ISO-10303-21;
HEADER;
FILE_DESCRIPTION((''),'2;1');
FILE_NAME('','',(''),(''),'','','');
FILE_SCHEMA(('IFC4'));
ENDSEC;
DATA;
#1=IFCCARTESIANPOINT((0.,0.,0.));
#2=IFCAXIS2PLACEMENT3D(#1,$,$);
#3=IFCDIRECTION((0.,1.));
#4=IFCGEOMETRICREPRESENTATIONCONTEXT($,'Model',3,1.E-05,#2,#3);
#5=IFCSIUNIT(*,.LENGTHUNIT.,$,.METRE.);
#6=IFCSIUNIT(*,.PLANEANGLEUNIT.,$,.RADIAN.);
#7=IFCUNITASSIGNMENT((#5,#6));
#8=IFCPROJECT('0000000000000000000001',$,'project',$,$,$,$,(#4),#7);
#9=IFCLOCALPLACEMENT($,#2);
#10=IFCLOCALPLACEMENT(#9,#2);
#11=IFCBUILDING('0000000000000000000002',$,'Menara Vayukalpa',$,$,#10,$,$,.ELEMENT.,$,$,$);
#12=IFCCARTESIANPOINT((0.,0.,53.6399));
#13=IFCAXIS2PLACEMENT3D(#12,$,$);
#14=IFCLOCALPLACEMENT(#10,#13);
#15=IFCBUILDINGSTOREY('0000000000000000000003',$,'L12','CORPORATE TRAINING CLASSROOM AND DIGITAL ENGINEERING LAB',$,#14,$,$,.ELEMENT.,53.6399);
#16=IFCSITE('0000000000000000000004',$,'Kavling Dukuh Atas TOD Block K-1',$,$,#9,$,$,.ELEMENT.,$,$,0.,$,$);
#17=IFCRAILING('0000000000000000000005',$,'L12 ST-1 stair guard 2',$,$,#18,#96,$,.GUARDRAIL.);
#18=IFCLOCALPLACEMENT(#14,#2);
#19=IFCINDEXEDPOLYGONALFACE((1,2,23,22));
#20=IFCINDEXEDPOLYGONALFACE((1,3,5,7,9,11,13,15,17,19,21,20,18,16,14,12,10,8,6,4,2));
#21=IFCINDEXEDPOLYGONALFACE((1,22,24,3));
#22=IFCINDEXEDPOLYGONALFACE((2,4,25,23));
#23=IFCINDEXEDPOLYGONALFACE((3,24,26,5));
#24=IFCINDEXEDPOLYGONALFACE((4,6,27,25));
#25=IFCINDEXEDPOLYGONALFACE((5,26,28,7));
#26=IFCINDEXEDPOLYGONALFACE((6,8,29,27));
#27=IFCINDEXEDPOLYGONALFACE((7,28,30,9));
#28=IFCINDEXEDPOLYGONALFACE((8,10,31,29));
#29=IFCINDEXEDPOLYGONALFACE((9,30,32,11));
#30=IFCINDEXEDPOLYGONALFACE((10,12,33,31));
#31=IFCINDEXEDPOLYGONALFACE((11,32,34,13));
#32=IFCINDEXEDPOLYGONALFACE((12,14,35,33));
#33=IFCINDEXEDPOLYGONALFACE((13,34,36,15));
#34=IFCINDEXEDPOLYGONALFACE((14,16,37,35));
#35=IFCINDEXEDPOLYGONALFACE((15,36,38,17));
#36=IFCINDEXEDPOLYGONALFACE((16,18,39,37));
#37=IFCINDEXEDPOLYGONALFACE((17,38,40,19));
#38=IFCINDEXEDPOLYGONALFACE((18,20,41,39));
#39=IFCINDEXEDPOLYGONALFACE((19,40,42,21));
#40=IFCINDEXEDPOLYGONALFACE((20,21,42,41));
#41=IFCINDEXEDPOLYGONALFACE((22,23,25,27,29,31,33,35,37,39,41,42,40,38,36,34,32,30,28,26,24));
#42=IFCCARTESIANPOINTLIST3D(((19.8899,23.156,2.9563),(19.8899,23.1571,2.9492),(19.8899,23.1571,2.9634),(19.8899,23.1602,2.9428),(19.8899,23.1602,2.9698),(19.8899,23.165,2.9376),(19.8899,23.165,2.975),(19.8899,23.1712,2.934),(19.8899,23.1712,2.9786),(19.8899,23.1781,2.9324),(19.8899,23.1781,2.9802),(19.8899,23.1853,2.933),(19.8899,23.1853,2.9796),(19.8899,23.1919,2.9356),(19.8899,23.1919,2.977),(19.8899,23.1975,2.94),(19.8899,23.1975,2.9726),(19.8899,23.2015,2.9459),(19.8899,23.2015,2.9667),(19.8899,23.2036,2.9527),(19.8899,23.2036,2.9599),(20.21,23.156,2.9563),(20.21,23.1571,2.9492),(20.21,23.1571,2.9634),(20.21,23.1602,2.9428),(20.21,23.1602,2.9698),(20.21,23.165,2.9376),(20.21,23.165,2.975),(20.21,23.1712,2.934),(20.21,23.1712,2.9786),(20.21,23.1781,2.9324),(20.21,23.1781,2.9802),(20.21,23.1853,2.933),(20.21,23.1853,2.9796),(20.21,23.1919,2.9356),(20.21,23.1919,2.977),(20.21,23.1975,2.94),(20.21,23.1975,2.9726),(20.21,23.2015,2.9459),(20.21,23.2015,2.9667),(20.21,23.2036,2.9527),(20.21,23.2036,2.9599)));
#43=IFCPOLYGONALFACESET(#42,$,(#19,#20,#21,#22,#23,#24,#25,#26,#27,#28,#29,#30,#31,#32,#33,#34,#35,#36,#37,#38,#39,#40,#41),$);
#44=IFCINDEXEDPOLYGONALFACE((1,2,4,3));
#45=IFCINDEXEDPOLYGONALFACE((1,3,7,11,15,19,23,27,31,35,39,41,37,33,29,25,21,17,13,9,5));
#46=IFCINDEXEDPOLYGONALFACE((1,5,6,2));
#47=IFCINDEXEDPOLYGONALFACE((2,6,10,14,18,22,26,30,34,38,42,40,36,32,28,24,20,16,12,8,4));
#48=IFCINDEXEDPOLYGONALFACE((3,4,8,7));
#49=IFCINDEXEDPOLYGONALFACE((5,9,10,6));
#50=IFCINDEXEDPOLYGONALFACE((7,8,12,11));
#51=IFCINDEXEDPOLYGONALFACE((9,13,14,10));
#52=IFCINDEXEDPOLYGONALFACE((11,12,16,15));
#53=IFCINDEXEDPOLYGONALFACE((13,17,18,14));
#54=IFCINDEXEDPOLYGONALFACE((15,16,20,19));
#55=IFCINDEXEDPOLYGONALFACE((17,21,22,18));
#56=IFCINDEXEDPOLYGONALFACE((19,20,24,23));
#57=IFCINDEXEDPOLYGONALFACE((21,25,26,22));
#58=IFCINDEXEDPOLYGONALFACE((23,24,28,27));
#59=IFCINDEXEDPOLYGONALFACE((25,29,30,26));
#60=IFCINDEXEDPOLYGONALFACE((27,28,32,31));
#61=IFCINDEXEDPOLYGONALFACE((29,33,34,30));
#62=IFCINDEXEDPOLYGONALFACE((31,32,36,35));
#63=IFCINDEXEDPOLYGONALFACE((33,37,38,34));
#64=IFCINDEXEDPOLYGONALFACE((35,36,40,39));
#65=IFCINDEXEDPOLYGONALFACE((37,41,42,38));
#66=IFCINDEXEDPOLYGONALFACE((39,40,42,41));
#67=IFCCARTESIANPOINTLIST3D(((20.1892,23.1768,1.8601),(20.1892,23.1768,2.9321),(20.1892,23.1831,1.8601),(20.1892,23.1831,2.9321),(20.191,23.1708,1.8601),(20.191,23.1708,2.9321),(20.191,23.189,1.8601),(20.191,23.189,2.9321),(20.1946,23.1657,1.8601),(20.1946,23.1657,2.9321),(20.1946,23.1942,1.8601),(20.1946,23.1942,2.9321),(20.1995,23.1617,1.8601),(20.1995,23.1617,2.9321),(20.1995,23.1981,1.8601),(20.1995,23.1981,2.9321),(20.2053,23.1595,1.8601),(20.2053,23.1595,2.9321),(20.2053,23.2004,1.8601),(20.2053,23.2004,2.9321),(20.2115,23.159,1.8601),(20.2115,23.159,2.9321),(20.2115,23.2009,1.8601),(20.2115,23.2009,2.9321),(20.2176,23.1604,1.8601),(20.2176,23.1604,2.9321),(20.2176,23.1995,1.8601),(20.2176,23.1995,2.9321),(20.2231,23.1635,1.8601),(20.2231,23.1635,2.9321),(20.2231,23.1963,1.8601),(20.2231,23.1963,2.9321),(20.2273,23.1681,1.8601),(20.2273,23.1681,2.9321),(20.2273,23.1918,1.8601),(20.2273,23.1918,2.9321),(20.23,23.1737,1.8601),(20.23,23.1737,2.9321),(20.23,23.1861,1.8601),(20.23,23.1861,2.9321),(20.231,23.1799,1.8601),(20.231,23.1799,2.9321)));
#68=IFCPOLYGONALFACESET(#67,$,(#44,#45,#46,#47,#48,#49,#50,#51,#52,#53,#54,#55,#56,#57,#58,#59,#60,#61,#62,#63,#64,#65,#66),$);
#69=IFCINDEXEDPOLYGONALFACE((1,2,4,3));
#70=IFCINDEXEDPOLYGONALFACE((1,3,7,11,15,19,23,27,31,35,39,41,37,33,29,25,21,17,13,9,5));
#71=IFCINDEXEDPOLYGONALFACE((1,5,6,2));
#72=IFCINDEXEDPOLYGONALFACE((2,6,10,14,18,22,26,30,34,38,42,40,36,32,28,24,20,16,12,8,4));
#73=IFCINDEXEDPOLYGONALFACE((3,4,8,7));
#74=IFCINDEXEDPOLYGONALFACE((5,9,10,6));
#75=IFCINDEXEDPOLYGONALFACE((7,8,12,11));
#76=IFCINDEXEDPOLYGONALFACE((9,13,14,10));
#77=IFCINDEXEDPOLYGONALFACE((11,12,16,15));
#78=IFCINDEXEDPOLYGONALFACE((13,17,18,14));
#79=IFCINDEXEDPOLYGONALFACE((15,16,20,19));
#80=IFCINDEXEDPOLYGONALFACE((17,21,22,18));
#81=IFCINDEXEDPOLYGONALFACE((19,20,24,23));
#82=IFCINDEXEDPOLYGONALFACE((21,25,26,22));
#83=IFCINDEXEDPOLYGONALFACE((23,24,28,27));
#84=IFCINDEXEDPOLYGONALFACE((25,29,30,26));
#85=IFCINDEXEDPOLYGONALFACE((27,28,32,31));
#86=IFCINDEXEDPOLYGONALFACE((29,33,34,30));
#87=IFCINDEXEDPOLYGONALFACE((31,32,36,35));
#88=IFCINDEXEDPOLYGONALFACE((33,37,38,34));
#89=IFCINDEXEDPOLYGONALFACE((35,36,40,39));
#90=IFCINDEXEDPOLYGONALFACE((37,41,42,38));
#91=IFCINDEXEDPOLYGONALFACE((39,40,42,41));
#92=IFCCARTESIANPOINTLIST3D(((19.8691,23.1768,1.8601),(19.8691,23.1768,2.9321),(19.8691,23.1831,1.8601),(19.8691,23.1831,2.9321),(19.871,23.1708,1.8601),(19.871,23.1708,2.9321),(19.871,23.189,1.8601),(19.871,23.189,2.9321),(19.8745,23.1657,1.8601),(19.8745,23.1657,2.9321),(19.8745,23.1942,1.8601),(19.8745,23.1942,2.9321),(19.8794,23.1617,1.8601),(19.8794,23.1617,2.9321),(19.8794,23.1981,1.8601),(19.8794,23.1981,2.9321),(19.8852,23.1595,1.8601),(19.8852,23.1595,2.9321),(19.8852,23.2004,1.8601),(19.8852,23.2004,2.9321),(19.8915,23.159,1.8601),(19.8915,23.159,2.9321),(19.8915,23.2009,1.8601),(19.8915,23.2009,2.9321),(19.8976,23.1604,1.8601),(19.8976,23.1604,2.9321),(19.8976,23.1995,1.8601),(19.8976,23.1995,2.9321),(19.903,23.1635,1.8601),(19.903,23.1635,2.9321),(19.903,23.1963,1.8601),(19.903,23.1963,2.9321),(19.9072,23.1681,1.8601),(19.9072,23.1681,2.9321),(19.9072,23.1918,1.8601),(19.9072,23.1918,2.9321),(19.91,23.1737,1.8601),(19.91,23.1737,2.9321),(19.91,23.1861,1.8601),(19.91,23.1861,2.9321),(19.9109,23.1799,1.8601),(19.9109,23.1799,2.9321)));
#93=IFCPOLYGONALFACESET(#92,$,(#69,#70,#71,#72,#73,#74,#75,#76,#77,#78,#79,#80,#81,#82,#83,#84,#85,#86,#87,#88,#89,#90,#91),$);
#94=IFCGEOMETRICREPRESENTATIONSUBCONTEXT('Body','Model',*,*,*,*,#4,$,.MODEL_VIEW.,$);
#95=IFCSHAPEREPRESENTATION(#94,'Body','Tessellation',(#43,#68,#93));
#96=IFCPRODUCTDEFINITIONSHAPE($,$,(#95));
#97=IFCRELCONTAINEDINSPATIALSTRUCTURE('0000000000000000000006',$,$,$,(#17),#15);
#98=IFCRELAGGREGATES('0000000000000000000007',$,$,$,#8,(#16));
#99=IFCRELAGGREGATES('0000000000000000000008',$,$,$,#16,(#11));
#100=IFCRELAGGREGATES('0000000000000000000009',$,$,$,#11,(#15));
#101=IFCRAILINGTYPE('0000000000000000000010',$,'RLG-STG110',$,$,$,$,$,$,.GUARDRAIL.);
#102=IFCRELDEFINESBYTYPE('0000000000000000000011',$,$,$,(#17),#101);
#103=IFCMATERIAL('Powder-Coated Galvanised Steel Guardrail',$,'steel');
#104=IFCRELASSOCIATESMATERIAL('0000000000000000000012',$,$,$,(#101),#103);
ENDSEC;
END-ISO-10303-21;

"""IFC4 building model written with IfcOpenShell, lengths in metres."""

from ifc_helpers import new_model, si_unit, direction, frame, origin, origin_2d, place, context, subcontext, project, spatial, circle, extrude, material, type_object, element, save


model = new_model("IFC4")

# Units and contexts
model_context = context("Model", 3, precision=1e-05, world=origin(), true_north=direction((0.0, 1.0)))
body_context = subcontext(model_context, "Body", "Model", "MODEL_VIEW")
ifc_project = project(units=[si_unit("LENGTHUNIT", "METRE"), si_unit("PLANEANGLEUNIT", "RADIAN")], contexts=[model_context])

# Site, building, storey
site_placement = place(None, origin())
site = spatial("IfcSite", under=ifc_project, at=site_placement, Name="Kavling Dukuh Atas TOD Block K-1", CompositionType="ELEMENT", RefElevation=0.0)
building_placement = place(site_placement, origin())
building = spatial("IfcBuilding", under=site, at=building_placement, Name="Menara Vayukalpa", CompositionType="ELEMENT")
storey_placement = place(building_placement, frame((0.0, 0.0, 53.6399)))
storey = spatial("IfcBuildingStorey", under=building, at=storey_placement, Name="L12", Description="CORPORATE TRAINING CLASSROOM AND DIGITAL ENGINEERING LAB", CompositionType="ELEMENT", Elevation=53.6399)

# Railing
ifc_material_1 = material(Name="Powder-Coated Galvanised Steel Guardrail", Category="steel")
railing_type_1 = type_object("IfcRailingType", Name="RLG-STG110", PredefinedType="GUARDRAIL", material=ifc_material_1)
railing_1_placement = place(storey_placement, frame((20.21, 23.1799, 1.8601)))
element("IfcRailing", 1, at=railing_1_placement, inside=storey, type_object=railing_type_1, Name="L12 ST-1 stair guard 2", PredefinedType="GUARDRAIL", context=body_context, shape_type="SweptSolid", body=[
    extrude(circle(Radius=0.0239, at=origin_2d()), frame((0.0, 0.0, 1.0962), z_axis=(-1.0, 0.0, 0.0), x_axis=(0.0, -1.0, 0.0)), (0.0, 0.0, 1.0), 0.3201),
    extrude(circle(Radius=0.021, at=origin_2d()), origin(), (0.0, 0.0, 1.0), 1.072),
    extrude(circle(Radius=0.021, at=origin_2d()), frame((-0.3201, 0.0, 0.0)), (0.0, 0.0, 1.0), 1.072),
])

save(model, "model.ifc")
